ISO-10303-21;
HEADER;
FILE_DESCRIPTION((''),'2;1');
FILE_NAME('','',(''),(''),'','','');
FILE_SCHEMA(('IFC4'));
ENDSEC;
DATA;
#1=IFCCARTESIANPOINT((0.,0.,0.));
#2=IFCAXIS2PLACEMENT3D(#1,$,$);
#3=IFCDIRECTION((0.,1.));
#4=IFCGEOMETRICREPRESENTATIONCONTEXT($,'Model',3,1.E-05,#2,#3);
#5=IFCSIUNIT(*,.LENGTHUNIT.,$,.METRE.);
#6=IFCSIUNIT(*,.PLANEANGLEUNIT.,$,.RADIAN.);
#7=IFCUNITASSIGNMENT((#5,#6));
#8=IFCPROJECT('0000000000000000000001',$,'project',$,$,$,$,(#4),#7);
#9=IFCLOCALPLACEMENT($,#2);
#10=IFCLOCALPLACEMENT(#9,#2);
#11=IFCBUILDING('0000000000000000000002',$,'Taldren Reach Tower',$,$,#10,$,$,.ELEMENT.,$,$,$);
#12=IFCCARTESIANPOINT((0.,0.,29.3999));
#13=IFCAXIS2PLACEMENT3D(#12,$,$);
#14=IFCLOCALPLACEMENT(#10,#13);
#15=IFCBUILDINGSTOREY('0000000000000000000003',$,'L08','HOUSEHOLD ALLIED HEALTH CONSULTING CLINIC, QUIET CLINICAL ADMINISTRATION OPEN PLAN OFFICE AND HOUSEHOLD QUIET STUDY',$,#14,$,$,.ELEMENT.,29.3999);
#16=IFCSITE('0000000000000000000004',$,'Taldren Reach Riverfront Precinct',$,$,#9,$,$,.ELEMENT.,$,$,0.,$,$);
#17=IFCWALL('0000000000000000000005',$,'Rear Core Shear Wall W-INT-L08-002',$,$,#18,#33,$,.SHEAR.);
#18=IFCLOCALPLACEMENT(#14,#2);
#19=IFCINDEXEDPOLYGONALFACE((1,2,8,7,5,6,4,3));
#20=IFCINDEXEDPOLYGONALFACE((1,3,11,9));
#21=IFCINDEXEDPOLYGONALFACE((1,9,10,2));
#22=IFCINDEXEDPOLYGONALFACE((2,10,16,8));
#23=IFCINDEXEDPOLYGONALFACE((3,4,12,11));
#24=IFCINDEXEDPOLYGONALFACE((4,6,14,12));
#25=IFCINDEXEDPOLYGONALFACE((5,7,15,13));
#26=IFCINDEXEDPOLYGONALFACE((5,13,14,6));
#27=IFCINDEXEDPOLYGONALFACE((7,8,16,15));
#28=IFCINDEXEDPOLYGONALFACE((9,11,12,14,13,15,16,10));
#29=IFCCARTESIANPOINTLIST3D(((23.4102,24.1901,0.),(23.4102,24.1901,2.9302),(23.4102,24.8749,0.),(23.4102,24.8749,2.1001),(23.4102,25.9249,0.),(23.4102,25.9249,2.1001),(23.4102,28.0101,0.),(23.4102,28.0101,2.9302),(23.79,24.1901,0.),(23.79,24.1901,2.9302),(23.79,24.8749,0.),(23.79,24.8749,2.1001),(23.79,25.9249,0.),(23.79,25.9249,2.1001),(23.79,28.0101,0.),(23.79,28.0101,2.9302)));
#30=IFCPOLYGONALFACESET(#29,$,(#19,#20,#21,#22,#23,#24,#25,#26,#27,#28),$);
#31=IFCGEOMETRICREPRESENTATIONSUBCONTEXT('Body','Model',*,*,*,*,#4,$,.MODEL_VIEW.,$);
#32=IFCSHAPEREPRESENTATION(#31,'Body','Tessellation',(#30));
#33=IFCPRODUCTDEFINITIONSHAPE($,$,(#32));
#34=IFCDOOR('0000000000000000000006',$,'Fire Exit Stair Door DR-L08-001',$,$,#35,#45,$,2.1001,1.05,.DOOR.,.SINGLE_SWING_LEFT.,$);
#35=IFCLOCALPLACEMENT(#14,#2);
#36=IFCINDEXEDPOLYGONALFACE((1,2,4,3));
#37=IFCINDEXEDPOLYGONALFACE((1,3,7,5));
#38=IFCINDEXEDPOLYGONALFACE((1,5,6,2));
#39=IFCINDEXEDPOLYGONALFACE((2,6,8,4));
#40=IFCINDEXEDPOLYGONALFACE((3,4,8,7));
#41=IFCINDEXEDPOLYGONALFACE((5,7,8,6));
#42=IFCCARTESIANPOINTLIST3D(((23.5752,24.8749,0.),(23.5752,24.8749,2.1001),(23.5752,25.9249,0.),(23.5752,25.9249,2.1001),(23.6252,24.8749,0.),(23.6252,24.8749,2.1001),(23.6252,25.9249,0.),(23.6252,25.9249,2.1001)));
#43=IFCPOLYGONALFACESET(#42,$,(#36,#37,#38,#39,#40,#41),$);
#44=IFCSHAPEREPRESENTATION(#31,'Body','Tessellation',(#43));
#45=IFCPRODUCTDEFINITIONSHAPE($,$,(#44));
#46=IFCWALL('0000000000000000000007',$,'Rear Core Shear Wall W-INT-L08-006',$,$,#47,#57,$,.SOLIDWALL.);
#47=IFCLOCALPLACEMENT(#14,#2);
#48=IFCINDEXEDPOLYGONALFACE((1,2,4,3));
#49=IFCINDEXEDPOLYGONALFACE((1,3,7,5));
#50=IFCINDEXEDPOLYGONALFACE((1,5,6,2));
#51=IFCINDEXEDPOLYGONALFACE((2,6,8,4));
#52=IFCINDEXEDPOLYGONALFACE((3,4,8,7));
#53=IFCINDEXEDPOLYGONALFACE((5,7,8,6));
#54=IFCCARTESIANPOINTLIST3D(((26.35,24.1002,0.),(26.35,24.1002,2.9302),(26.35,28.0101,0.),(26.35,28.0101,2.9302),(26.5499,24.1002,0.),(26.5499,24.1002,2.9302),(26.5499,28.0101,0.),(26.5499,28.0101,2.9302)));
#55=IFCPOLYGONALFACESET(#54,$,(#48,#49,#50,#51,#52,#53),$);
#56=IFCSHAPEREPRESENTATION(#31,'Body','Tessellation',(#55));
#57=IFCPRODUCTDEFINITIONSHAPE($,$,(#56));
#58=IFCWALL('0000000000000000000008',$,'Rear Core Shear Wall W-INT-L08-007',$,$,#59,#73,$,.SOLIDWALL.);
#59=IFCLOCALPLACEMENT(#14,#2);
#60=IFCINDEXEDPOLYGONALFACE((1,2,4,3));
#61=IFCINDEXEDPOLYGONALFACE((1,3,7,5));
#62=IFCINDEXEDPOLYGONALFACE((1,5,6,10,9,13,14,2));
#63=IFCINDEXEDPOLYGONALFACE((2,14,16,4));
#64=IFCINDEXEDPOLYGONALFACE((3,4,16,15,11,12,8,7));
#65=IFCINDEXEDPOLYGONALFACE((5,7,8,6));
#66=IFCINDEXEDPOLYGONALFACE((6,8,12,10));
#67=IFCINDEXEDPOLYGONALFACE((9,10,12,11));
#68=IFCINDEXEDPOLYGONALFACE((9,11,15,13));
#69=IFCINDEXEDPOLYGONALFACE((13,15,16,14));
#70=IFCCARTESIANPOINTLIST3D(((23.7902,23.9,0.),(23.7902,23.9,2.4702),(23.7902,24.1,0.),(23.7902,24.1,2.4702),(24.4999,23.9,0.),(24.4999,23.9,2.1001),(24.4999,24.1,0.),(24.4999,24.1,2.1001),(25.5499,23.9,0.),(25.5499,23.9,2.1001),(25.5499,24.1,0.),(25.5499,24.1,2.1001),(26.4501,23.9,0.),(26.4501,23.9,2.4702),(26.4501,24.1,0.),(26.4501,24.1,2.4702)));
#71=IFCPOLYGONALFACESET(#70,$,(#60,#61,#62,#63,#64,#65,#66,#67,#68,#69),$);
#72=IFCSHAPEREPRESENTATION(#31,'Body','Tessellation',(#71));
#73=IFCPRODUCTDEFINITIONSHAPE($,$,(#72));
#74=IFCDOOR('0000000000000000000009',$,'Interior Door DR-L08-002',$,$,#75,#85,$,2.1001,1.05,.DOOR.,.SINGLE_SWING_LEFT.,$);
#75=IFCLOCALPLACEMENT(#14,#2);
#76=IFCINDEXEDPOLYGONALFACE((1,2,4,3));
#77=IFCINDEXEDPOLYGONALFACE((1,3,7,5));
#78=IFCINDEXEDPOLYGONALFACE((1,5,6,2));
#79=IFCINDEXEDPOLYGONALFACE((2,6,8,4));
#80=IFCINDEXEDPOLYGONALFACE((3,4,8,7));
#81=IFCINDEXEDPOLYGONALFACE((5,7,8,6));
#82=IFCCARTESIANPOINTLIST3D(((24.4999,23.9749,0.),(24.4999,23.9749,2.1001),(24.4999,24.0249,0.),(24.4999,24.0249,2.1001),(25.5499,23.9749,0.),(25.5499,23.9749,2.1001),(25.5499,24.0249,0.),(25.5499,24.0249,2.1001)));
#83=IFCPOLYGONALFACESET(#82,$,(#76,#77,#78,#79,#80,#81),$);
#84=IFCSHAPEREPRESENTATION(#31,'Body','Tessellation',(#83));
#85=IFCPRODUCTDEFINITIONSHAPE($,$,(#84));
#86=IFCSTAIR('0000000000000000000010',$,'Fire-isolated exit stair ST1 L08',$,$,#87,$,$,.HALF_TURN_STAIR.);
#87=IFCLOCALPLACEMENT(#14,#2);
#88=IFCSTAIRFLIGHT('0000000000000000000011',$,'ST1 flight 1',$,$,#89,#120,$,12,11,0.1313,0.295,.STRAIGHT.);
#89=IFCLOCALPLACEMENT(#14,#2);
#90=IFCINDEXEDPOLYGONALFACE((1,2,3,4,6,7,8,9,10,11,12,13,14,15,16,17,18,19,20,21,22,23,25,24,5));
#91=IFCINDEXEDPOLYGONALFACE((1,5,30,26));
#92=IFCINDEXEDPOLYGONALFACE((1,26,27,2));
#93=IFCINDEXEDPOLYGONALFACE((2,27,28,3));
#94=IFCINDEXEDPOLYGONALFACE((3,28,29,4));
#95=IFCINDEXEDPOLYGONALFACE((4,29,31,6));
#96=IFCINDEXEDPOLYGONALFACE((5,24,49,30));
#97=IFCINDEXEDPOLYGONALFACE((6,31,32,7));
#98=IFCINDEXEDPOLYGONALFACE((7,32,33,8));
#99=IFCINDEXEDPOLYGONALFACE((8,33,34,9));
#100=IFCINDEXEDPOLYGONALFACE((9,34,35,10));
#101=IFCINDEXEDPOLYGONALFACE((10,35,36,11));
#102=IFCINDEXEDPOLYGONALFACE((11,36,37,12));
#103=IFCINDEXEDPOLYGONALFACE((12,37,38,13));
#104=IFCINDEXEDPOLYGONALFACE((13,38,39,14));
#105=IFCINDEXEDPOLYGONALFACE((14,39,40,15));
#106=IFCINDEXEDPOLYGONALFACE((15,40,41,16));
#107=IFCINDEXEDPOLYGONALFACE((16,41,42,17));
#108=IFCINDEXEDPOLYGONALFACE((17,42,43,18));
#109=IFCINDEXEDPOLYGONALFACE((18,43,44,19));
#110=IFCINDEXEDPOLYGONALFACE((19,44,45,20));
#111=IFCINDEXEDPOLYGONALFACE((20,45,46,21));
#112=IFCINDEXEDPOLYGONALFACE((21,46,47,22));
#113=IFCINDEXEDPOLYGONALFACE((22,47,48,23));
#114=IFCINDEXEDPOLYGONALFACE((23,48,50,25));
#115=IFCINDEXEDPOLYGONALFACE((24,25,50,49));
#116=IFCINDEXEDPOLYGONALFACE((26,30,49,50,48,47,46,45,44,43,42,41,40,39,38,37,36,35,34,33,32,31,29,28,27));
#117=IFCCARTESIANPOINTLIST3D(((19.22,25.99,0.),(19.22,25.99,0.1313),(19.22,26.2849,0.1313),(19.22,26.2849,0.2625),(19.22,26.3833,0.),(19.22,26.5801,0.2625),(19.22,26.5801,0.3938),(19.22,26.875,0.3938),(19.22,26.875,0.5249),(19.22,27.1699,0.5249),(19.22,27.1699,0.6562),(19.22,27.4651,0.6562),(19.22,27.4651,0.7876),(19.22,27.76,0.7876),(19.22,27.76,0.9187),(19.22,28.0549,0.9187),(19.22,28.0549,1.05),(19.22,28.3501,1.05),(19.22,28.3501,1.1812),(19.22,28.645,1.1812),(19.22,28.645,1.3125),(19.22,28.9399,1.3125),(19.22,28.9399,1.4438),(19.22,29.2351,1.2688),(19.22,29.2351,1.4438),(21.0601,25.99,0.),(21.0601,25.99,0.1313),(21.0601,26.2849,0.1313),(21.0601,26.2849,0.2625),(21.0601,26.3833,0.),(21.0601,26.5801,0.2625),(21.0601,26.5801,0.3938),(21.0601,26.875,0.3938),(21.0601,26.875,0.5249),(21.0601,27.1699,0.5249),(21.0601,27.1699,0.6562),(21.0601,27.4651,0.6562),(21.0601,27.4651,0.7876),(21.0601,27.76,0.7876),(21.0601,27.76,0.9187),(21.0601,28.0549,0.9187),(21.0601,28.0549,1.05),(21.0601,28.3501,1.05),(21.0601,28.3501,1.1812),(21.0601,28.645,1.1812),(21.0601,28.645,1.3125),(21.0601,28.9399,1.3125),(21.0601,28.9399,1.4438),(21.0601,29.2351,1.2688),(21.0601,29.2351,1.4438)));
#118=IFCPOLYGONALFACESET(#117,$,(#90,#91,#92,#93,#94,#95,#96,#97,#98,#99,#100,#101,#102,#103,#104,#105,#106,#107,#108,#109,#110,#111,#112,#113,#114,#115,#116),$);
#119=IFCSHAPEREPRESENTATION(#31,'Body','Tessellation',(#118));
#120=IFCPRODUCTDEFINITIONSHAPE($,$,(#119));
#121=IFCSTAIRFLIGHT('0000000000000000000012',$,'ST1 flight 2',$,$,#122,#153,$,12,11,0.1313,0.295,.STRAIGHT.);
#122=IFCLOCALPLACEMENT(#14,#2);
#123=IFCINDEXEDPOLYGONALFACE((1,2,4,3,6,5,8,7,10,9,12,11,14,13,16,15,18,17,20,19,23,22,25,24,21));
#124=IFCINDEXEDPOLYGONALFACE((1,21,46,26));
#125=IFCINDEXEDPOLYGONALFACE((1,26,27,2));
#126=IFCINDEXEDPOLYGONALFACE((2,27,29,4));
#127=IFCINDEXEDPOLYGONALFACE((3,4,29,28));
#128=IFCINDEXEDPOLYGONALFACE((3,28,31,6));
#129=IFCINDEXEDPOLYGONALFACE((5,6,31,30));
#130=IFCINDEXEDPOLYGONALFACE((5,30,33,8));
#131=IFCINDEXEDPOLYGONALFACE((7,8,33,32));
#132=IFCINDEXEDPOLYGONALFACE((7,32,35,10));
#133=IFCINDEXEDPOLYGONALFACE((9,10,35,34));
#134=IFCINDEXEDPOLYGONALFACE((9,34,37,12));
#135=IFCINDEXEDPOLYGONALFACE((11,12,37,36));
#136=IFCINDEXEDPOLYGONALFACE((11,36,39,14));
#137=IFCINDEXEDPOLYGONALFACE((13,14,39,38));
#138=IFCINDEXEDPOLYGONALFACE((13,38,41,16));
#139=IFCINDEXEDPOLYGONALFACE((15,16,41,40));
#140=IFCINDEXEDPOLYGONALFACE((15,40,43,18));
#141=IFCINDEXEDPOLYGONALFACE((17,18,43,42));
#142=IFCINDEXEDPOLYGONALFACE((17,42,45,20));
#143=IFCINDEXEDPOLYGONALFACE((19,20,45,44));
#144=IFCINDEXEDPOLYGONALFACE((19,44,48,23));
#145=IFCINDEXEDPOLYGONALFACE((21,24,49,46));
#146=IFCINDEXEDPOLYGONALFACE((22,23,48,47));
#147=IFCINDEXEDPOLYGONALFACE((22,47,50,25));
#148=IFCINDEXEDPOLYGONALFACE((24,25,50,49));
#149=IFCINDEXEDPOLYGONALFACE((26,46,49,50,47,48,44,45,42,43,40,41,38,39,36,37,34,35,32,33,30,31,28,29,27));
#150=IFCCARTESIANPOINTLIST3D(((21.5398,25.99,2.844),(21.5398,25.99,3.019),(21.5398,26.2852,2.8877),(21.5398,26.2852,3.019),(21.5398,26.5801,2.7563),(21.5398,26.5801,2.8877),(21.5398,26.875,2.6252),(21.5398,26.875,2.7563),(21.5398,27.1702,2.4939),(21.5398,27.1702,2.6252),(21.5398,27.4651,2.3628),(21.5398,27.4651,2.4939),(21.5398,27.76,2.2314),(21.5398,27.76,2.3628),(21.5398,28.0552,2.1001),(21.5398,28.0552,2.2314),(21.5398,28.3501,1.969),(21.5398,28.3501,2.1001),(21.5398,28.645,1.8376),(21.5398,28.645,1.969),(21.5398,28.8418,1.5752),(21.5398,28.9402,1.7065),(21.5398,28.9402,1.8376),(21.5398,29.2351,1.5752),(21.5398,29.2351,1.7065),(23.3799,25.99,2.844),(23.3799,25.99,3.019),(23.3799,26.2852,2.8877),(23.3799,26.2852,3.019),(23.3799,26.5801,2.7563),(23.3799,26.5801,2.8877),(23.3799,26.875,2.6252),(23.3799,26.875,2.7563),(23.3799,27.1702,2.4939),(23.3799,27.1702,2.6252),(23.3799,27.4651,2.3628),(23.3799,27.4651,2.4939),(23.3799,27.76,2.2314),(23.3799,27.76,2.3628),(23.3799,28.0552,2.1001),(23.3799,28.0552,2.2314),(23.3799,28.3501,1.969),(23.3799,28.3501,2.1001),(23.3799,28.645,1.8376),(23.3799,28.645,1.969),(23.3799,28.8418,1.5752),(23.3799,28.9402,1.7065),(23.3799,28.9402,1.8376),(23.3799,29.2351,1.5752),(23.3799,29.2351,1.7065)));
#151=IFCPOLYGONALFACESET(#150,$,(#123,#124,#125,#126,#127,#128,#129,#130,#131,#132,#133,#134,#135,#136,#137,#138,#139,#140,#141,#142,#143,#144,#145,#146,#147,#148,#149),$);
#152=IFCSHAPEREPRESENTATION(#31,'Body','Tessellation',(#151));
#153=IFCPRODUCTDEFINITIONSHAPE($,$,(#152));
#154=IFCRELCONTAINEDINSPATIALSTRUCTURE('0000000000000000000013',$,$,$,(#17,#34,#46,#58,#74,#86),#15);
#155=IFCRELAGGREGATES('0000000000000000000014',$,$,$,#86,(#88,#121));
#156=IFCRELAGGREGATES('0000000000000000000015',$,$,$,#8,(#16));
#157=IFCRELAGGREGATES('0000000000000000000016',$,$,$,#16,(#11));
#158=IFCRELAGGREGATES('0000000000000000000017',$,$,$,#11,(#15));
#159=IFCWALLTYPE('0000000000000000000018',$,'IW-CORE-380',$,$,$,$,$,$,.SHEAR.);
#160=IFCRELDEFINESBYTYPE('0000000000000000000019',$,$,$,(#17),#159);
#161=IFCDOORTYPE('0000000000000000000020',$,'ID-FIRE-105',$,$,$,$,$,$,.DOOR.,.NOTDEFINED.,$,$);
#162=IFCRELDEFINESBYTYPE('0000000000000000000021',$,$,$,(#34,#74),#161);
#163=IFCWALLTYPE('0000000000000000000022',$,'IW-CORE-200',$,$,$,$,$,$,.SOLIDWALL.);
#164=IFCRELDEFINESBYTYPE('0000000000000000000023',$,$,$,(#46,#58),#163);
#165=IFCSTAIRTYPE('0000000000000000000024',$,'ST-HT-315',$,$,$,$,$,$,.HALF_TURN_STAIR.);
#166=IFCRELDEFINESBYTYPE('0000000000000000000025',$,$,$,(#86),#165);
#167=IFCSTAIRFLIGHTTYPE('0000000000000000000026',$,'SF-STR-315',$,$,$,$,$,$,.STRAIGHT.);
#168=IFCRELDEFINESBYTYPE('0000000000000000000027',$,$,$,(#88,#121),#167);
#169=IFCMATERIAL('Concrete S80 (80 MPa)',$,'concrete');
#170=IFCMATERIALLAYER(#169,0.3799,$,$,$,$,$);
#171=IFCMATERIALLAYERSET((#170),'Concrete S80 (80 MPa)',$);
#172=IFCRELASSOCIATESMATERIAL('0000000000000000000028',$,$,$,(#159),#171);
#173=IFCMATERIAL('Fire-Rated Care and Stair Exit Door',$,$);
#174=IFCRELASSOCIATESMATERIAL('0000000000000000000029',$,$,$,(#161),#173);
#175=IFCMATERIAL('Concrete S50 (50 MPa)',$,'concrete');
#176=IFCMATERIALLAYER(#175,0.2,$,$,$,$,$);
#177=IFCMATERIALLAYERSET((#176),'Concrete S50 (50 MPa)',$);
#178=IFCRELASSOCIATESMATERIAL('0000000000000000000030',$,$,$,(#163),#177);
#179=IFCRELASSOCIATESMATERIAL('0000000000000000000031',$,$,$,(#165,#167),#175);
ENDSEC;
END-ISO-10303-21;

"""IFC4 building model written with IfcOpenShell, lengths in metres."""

from ifc_helpers import new_model, si_unit, direction, frame, frame_2d, origin, place, context, subcontext, project, spatial, polyline, rectangle, outline, extrude, source, transform, mapped, material, layer, layer_set, type_object, element, fill, aggregate, save


model = new_model("IFC4")

# Units and contexts
model_context = context("Model", 3, precision=1e-05, world=origin(), true_north=direction((0.0, 1.0)))
body_context = subcontext(model_context, "Body", "Model", "MODEL_VIEW")
ifc_project = project(units=[si_unit("LENGTHUNIT", "METRE"), si_unit("PLANEANGLEUNIT", "RADIAN")], contexts=[model_context])

# Site, building, storey
site_placement = place(None, origin())
site = spatial("IfcSite", under=ifc_project, at=site_placement, Name="Taldren Reach Riverfront Precinct", CompositionType="ELEMENT", RefElevation=0.0)
building_placement = place(site_placement, origin())
building = spatial("IfcBuilding", under=site, at=building_placement, Name="Taldren Reach Tower", CompositionType="ELEMENT")
storey_placement = place(building_placement, frame((0.0, 0.0, 29.3999)))
storey = spatial("IfcBuildingStorey", under=building, at=storey_placement, Name="L08", Description="HOUSEHOLD ALLIED HEALTH CONSULTING CLINIC, QUIET CLINICAL ADMINISTRATION OPEN PLAN OFFICE AND HOUSEHOLD QUIET STUDY", CompositionType="ELEMENT", Elevation=29.3999)

# Shared definitions
ifc_material_1 = material(Name="Concrete S80 (80 MPa)", Category="concrete")
ifc_layer_1 = layer(ifc_material_1, 0.3799)
ifc_layer_set_1 = layer_set([ifc_layer_1], Name="Concrete S80 (80 MPa)")
wall_type_1 = type_object("IfcWallType", Name="IW-CORE-380", PredefinedType="SHEAR", material=ifc_layer_set_1)

# Wall, opening, door
shared_shape_1 = source(origin(), body_context, "Body", "SweptSolid", [
    extrude(rectangle(XDim=3.8201, YDim=0.3799, at=frame_2d((1.9102, 0.0))), origin(), (0.0, 0.0, 1.0), 2.9302),
])
wall_1_placement = place(storey_placement, frame((23.6001, 24.1899, 0.0), z_axis=(0.0, 0.0, 1.0), x_axis=(0.0, 1.0, 0.0)))
wall_1 = element("IfcWall", 1, at=wall_1_placement, inside=storey, type_object=wall_type_1, Name="Rear Core Shear Wall W-INT-L08-002", PredefinedType="SHEAR", context=body_context, shape_type="MappedRepresentation", body=[
    mapped(shared_shape_1, transform((0.0, 0.0, 0.0), scale=1.0)),
])
shared_shape_2 = source(origin(), body_context, "Body", "SweptSolid", [
    extrude(rectangle(XDim=1.05, YDim=2.1001, at=frame_2d((0.5249, 1.05))), frame((0.0, 0.2, 0.0), z_axis=(0.0, -1.0, 0.0), x_axis=(1.0, 0.0, 0.0)), (0.0, 0.0, 1.0), 0.3999),
])
opening_1_placement = place(wall_1_placement, frame((0.6851, 0.0, 0.0)))
opening_1 = element("IfcOpeningElement", 2, at=opening_1_placement, cuts=wall_1, PredefinedType="OPENING", context=body_context, shape_type="MappedRepresentation", body=[
    mapped(shared_shape_2, transform((0.0, 0.0, 0.0), scale=1.0)),
])
ifc_material_2 = material(Name="Fire-Rated Care and Stair Exit Door")
door_type_1 = type_object("IfcDoorType", Name="ID-FIRE-105", OperationType="NOTDEFINED", PredefinedType="DOOR", material=ifc_material_2)
shared_shape_3 = source(origin(), body_context, "Body", "SweptSolid", [
    extrude(rectangle(XDim=1.05, YDim=2.1001, at=frame_2d((0.5249, 1.05))), frame((0.0, 0.0249, 0.0), z_axis=(0.0, -1.0, 0.0), x_axis=(1.0, 0.0, 0.0)), (0.0, 0.0, 1.0), 0.05),
])
door_1_placement = place(opening_1_placement, origin())
door_1 = element("IfcDoor", 3, at=door_1_placement, inside=storey, type_object=door_type_1, Name="Fire Exit Stair Door DR-L08-001", OperationType="SINGLE_SWING_LEFT", OverallHeight=2.1001, OverallWidth=1.05, PredefinedType="DOOR", context=body_context, shape_type="MappedRepresentation", body=[
    mapped(shared_shape_3, transform((0.0, 0.0, 0.0), scale=1.0)),
])
fill(opening_1, door_1)

# Wall
ifc_material_3 = material(Name="Concrete S50 (50 MPa)", Category="concrete")
ifc_layer_2 = layer(ifc_material_3, 0.2)
ifc_layer_set_2 = layer_set([ifc_layer_2], Name="Concrete S50 (50 MPa)")
wall_type_2 = type_object("IfcWallType", Name="IW-CORE-200", PredefinedType="SOLIDWALL", material=ifc_layer_set_2)
shared_shape_4 = source(origin(), body_context, "Body", "SweptSolid", [
    extrude(rectangle(XDim=3.9099, YDim=0.2, at=frame_2d((1.9551, 0.0))), origin(), (0.0, 0.0, 1.0), 2.9302),
])
wall_2_placement = place(storey_placement, frame((26.45, 24.1001, 0.0), z_axis=(0.0, 0.0, 1.0), x_axis=(0.0, 1.0, 0.0)))
element("IfcWall", 4, at=wall_2_placement, inside=storey, type_object=wall_type_2, Name="Rear Core Shear Wall W-INT-L08-006", PredefinedType="SOLIDWALL", context=body_context, shape_type="MappedRepresentation", body=[
    mapped(shared_shape_4, transform((0.0, 0.0, 0.0), scale=1.0)),
])

# Wall, opening, door
shared_shape_5 = source(origin(), body_context, "Body", "SweptSolid", [
    extrude(rectangle(XDim=2.6599, YDim=0.2, at=frame_2d((1.3301, 0.0))), origin(), (0.0, 0.0, 1.0), 2.4702),
])
wall_3_placement = place(storey_placement, frame((23.79, 24.0, 0.0), z_axis=(0.0, 0.0, 1.0), x_axis=(1.0, 0.0, 0.0)))
wall_3 = element("IfcWall", 5, at=wall_3_placement, inside=storey, type_object=wall_type_2, Name="Rear Core Shear Wall W-INT-L08-007", PredefinedType="SOLIDWALL", context=body_context, shape_type="MappedRepresentation", body=[
    mapped(shared_shape_5, transform((0.0, 0.0, 0.0), scale=1.0)),
])
shared_shape_6 = source(origin(), body_context, "Body", "SweptSolid", [
    extrude(rectangle(XDim=1.05, YDim=2.1001, at=frame_2d((0.5249, 1.05))), frame((0.0, 0.1099, 0.0), z_axis=(0.0, -1.0, 0.0), x_axis=(1.0, 0.0, 0.0)), (0.0, 0.0, 1.0), 0.22),
])
opening_2_placement = place(wall_3_placement, frame((0.71, 0.0, 0.0)))
opening_2 = element("IfcOpeningElement", 6, at=opening_2_placement, cuts=wall_3, PredefinedType="OPENING", context=body_context, shape_type="MappedRepresentation", body=[
    mapped(shared_shape_6, transform((0.0, 0.0, 0.0), scale=1.0)),
])
door_2_placement = place(opening_2_placement, origin())
door_2 = element("IfcDoor", 7, at=door_2_placement, inside=storey, type_object=door_type_1, Name="Interior Door DR-L08-002", OperationType="SINGLE_SWING_LEFT", OverallHeight=2.1001, OverallWidth=1.05, PredefinedType="DOOR", context=body_context, shape_type="MappedRepresentation", body=[
    mapped(shared_shape_3, transform((0.0, 0.0, 0.0), scale=1.0)),
])
fill(opening_2, door_2)

# Stair, stair flights
stair_type = type_object("IfcStairType", Name="ST-HT-315", PredefinedType="HALF_TURN_STAIR", material=ifc_material_3)
stair_placement = place(storey_placement, origin())
stair = element("IfcStair", 8, at=stair_placement, inside=storey, type_object=stair_type, Name="Fire-isolated exit stair ST1 L08", PredefinedType="HALF_TURN_STAIR")
stair_flight_type = type_object("IfcStairFlightType", Name="SF-STR-315", PredefinedType="STRAIGHT", material=ifc_material_3)
stair_flight_1_placement = place(storey_placement, frame((20.1399, 25.99, 0.0), z_axis=(0.0, 0.0, 1.0), x_axis=(0.0, 1.0, 0.0)))
stair_flight_1 = element("IfcStairFlight", 9, at=stair_flight_1_placement, type_object=stair_flight_type, Name="ST1 flight 1", NumberOfRisers=12, NumberOfTreads=11, PredefinedType="STRAIGHT", RiserHeight=0.1313, TreadLength=0.295, context=body_context, shape_type="SweptSolid", body=[
    extrude(outline(polyline([(0.0, 0.0), (0.0, 0.1313), (0.2949, 0.1313), (0.2949, 0.2625), (0.5901, 0.2625), (0.5901, 0.3938), (0.885, 0.3938), (0.885, 0.5249), (1.1799, 0.5249), (1.1799, 0.6562), (1.4751, 0.6562), (1.4751, 0.7876), (1.77, 0.7876), (1.77, 0.9187), (2.0649, 0.9187), (2.0649, 1.05), (2.3601, 1.05), (2.3601, 1.1812), (2.655, 1.1812), (2.655, 1.3125), (2.95, 1.3125), (2.95, 1.4438), (3.2451, 1.4438), (3.2451, 1.575), (3.2451, 1.2688), (0.3933, 0.0), (0.0, 0.0)])), frame((0.0, 0.9199, 0.0), z_axis=(0.0, -1.0, 0.0), x_axis=(1.0, 0.0, 0.0)), (0.0, 0.0, 1.0), 1.8401),
])
stair_flight_2_placement = place(storey_placement, frame((22.46, 29.2351, 1.5752), z_axis=(0.0, 0.0, 1.0), x_axis=(0.0, -1.0, 0.0)))
stair_flight_2 = element("IfcStairFlight", 10, at=stair_flight_2_placement, type_object=stair_flight_type, Name="ST1 flight 2", NumberOfRisers=12, NumberOfTreads=11, PredefinedType="STRAIGHT", RiserHeight=0.1313, TreadLength=0.295, context=body_context, shape_type="SweptSolid", body=[
    extrude(outline(polyline([(0.0, 0.0), (0.0, 0.1313), (0.2949, 0.1313), (0.2949, 0.2625), (0.5901, 0.2625), (0.5901, 0.3938), (0.885, 0.3938), (0.885, 0.5249), (1.1799, 0.5249), (1.1799, 0.6562), (1.4751, 0.6562), (1.4751, 0.7876), (1.77, 0.7876), (1.77, 0.9187), (2.0649, 0.9187), (2.0649, 1.05), (2.3601, 1.05), (2.3601, 1.1812), (2.655, 1.1812), (2.655, 1.3125), (2.95, 1.3125), (2.95, 1.4438), (3.2451, 1.4438), (3.2451, 1.575), (3.2451, 1.2688), (0.3933, 0.0), (0.0, 0.0)])), frame((0.0, 0.9199, 0.0), z_axis=(0.0, -1.0, 0.0), x_axis=(1.0, 0.0, 0.0)), (0.0, 0.0, 1.0), 1.8401),
])
aggregate(stair, [stair_flight_1, stair_flight_2])

save(model, "model.ifc")
